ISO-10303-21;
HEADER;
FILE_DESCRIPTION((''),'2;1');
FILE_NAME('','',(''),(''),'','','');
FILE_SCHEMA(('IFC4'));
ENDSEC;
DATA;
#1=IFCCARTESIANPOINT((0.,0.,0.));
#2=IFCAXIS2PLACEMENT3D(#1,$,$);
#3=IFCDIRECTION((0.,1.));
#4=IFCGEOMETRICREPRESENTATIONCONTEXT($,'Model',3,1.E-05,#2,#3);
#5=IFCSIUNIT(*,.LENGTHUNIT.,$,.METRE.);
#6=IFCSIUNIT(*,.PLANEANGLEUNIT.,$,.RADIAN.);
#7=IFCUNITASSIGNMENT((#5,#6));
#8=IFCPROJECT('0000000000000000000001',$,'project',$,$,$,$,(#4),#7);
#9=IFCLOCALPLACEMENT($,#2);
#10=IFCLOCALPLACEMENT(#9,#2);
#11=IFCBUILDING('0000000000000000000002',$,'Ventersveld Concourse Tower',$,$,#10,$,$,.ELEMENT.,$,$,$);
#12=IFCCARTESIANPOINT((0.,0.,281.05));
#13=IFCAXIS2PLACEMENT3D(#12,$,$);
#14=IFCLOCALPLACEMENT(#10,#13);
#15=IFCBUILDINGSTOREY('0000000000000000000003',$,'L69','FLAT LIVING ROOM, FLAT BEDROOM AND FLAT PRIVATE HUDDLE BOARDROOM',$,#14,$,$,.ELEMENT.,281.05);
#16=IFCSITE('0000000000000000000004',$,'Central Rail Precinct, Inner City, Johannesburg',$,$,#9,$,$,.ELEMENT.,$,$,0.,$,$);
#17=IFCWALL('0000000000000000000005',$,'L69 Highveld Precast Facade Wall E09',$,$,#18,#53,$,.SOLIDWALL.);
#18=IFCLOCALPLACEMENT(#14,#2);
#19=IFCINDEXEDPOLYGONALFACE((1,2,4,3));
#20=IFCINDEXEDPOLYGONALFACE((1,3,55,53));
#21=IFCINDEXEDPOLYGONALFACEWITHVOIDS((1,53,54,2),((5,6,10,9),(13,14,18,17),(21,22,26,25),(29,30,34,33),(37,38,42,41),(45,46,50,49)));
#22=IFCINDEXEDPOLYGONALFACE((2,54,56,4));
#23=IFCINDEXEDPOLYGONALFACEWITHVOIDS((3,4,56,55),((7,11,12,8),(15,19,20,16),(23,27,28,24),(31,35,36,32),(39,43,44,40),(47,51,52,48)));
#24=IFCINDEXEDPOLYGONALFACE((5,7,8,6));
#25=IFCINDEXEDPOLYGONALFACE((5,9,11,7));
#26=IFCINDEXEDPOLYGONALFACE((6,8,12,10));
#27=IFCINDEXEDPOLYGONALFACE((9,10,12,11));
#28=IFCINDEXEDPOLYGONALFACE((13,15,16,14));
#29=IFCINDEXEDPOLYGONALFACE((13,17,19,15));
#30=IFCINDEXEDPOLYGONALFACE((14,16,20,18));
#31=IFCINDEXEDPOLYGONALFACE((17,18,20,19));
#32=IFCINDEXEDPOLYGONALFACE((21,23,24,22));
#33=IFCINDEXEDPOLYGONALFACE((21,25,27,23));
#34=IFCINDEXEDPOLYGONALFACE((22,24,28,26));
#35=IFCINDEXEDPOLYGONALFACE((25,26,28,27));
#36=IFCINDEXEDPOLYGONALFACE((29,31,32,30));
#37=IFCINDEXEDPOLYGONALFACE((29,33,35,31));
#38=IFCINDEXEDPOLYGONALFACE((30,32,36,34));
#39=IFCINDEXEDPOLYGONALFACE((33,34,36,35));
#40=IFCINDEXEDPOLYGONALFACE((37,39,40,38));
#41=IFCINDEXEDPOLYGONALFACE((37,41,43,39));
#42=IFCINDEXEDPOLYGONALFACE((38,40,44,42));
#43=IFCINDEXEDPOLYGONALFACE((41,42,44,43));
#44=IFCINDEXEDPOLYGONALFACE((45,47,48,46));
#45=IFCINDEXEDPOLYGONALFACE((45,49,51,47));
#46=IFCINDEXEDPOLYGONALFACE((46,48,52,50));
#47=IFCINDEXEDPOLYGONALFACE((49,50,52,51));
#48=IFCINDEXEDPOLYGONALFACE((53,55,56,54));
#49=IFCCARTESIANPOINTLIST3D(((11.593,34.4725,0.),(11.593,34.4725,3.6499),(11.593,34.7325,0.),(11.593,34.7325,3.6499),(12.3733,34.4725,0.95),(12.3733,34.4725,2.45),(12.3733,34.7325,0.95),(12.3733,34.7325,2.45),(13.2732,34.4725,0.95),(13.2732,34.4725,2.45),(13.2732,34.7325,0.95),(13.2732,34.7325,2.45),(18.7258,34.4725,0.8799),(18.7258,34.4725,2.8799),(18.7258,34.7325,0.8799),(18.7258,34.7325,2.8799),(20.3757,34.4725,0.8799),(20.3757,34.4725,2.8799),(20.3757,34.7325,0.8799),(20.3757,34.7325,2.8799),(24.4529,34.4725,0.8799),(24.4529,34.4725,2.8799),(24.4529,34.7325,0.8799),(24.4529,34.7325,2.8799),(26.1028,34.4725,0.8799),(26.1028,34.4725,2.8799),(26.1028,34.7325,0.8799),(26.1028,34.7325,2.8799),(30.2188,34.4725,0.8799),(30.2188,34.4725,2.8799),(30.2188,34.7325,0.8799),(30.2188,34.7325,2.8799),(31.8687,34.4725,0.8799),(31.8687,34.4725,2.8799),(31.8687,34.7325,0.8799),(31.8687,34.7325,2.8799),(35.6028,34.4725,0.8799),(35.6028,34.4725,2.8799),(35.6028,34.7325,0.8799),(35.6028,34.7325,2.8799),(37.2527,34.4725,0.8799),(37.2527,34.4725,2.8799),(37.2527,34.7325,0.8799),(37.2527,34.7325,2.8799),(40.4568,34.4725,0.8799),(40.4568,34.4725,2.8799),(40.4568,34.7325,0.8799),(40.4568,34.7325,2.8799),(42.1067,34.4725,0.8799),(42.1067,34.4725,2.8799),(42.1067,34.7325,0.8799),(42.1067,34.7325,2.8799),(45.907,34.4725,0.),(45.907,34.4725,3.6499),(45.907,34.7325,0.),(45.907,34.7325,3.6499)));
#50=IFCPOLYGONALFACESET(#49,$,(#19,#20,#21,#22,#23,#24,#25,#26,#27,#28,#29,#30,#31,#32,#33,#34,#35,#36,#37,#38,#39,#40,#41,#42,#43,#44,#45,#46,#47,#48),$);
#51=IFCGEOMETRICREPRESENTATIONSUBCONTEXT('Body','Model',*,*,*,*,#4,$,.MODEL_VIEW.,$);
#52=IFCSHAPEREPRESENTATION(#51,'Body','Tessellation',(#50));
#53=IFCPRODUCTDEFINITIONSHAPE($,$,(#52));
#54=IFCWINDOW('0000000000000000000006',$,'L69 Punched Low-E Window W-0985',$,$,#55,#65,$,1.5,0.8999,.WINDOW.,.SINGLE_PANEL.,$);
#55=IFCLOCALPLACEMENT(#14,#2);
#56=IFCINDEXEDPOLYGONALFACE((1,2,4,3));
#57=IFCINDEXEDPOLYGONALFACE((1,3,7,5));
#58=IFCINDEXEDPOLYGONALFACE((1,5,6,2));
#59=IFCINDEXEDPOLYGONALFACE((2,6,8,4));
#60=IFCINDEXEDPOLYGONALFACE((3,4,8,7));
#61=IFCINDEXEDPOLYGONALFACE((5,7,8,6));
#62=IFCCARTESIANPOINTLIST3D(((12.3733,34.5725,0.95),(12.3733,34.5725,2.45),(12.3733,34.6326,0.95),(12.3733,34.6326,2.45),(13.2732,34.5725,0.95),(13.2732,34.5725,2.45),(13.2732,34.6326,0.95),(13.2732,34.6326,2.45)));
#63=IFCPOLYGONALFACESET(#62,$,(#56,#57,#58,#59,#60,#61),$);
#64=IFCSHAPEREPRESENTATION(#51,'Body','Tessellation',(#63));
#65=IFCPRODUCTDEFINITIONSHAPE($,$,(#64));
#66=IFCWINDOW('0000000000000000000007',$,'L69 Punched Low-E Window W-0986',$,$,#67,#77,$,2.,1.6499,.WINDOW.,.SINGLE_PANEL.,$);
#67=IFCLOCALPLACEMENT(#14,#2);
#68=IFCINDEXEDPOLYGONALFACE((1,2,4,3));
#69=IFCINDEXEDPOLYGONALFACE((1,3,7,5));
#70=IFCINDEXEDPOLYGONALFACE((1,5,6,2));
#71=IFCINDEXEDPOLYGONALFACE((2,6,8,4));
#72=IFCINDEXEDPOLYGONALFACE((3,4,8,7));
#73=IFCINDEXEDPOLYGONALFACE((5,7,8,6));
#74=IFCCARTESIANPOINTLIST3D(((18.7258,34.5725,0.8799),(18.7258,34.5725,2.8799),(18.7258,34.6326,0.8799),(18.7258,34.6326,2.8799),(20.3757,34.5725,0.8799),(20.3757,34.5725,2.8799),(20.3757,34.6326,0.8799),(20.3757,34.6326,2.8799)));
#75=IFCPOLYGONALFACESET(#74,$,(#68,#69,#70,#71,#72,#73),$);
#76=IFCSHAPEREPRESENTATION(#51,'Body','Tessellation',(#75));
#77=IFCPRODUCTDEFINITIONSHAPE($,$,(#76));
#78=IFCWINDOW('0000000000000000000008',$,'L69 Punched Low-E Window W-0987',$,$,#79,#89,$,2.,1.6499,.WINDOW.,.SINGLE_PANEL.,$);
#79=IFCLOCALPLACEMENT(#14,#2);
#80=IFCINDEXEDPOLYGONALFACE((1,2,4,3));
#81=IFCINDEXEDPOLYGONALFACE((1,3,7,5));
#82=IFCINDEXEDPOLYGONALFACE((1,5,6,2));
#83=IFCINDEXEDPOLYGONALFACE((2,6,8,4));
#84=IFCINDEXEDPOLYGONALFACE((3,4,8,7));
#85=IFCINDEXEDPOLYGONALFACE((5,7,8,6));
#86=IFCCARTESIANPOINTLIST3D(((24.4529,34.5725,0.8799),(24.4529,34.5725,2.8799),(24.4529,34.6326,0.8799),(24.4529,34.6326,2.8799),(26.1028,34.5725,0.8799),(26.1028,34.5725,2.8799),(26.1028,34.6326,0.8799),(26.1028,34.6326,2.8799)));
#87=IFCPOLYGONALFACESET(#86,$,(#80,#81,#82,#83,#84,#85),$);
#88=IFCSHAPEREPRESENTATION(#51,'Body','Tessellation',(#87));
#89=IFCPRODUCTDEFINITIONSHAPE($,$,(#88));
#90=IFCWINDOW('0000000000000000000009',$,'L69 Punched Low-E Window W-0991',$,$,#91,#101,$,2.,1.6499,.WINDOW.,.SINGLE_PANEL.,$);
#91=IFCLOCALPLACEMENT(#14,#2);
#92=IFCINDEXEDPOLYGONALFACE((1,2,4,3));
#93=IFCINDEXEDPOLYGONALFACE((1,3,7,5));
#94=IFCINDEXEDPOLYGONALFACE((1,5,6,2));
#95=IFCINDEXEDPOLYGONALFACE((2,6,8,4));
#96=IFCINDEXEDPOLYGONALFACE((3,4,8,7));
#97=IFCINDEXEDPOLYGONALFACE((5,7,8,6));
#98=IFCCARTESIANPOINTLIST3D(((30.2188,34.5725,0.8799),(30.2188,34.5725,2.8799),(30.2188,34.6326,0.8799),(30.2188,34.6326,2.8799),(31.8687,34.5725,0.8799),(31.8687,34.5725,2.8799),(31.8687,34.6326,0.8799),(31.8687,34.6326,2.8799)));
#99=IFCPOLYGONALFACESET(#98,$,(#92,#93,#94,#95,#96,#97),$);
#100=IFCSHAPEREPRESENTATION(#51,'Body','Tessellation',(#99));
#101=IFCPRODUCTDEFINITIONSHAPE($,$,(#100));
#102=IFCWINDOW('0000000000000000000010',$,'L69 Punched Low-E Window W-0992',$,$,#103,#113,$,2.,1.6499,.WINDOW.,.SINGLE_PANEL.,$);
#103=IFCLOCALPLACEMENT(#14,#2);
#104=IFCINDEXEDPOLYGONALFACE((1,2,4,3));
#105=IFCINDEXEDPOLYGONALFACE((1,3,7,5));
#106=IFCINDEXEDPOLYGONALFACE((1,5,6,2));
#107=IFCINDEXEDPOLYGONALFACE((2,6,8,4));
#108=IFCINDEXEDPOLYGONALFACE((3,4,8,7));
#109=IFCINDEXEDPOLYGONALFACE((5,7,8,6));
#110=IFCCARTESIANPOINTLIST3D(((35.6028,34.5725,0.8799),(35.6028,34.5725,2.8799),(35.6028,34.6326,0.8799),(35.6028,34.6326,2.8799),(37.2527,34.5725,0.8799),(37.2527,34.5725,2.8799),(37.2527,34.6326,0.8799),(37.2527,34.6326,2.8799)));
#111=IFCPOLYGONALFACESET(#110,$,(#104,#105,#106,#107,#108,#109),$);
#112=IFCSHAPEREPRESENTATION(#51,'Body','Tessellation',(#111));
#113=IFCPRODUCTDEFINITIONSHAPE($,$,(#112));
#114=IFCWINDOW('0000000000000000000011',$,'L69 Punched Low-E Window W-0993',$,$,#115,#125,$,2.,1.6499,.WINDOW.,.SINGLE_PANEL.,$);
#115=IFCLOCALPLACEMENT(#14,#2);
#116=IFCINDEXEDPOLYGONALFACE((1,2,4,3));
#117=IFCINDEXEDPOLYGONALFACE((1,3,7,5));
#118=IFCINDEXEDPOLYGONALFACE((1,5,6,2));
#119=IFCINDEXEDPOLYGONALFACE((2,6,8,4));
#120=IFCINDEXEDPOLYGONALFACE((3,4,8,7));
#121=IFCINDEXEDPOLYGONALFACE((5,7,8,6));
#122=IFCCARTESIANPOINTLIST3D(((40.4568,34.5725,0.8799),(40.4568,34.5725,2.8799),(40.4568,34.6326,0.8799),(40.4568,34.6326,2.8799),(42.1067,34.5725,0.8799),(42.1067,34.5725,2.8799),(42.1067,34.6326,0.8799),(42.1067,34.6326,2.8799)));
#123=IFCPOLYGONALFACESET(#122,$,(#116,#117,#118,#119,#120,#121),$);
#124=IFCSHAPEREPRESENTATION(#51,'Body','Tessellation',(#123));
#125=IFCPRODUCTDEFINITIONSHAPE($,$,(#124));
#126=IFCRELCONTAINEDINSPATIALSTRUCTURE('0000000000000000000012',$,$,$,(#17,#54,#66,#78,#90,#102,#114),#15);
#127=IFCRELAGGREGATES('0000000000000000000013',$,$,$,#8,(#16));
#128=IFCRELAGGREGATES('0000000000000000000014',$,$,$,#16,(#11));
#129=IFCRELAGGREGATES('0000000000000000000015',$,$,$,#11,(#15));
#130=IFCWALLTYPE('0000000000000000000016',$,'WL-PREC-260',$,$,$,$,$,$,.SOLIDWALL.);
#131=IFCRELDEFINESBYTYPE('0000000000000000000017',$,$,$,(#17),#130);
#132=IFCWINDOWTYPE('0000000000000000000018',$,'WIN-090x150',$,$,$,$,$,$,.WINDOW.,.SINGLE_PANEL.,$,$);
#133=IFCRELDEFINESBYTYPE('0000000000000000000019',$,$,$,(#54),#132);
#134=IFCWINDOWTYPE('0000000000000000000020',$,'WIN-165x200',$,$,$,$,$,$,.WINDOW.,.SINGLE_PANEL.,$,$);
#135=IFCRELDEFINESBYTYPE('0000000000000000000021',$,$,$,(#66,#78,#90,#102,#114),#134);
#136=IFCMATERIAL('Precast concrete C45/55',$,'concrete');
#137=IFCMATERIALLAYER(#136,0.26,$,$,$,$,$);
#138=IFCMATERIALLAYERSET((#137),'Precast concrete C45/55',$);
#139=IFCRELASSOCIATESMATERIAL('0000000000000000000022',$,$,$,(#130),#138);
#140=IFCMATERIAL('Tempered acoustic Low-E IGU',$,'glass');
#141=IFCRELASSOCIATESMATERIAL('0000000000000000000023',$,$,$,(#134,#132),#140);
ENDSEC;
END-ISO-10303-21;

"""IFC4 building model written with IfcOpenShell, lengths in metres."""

from ifc_helpers import new_model, si_unit, direction, frame, frame_2d, origin, place, context, subcontext, project, spatial, rectangle, extrude, material, layer, layer_set, type_object, element, fill, save


model = new_model("IFC4")

# Units and contexts
model_context = context("Model", 3, precision=1e-05, world=origin(), true_north=direction((0.0, 1.0)))
body_context = subcontext(model_context, "Body", "Model", "MODEL_VIEW")
ifc_project = project(units=[si_unit("LENGTHUNIT", "METRE"), si_unit("PLANEANGLEUNIT", "RADIAN")], contexts=[model_context])

# Site, building, storey
site_placement = place(None, origin())
site = spatial("IfcSite", under=ifc_project, at=site_placement, Name="Central Rail Precinct, Inner City, Johannesburg", CompositionType="ELEMENT", RefElevation=0.0)
building_placement = place(site_placement, origin())
building = spatial("IfcBuilding", under=site, at=building_placement, Name="Ventersveld Concourse Tower", CompositionType="ELEMENT")
storey_placement = place(building_placement, frame((0.0, 0.0, 281.05)))
storey = spatial("IfcBuildingStorey", under=building, at=storey_placement, Name="L69", Description="FLAT LIVING ROOM, FLAT BEDROOM AND FLAT PRIVATE HUDDLE BOARDROOM", CompositionType="ELEMENT", Elevation=281.05)

# Shared definitions
ifc_material_1 = material(Name="Precast concrete C45/55", Category="concrete")
ifc_layer_1 = layer(ifc_material_1, 0.26)
ifc_layer_set_1 = layer_set([ifc_layer_1], Name="Precast concrete C45/55")
wall_type_1 = type_object("IfcWallType", Name="WL-PREC-260", PredefinedType="SOLIDWALL", material=ifc_layer_set_1)
ifc_material_2 = material(Name="Tempered acoustic Low-E IGU", Category="glass")
window_type_1 = type_object("IfcWindowType", Name="WIN-165x200", PartitioningType="SINGLE_PANEL", PredefinedType="WINDOW", material=ifc_material_2)

# Shared definitions
window_type_2 = type_object("IfcWindowType", Name="WIN-090x150", PartitioningType="SINGLE_PANEL", PredefinedType="WINDOW", material=ifc_material_2)

# Wall, openings, windows
wall_1_placement = place(storey_placement, frame((45.907, 34.6025, 0.0), z_axis=(0.0, 0.0, 1.0), x_axis=(-1.0, 0.0, 0.0)))
wall_1 = element("IfcWall", 1, at=wall_1_placement, inside=storey, type_object=wall_type_1, Name="L69 Highveld Precast Facade Wall E09", PredefinedType="SOLIDWALL", context=body_context, shape_type="SweptSolid", body=[
    extrude(rectangle(XDim=34.314, YDim=0.26, at=frame_2d((17.157, 0.0))), origin(), (0.0, 0.0, 1.0), 3.6499),
])
opening_1_placement = place(wall_1_placement, frame((32.6338, 0.0, 0.95)))
opening_1 = element("IfcOpeningElement", 2, at=opening_1_placement, cuts=wall_1, PredefinedType="OPENING", context=body_context, shape_type="SweptSolid", body=[
    extrude(rectangle(XDim=0.8999, YDim=1.5, at=frame_2d((0.45, 0.75))), frame((0.0, 0.1401, 0.0), z_axis=(0.0, -1.0, 0.0), x_axis=(1.0, 0.0, 0.0)), (0.0, 0.0, 1.0), 0.28),
])
opening_2_placement = place(wall_1_placement, frame((25.5312, 0.0, 0.8799)))
opening_2 = element("IfcOpeningElement", 3, at=opening_2_placement, cuts=wall_1, PredefinedType="OPENING", context=body_context, shape_type="SweptSolid", body=[
    extrude(rectangle(XDim=1.6499, YDim=2.0, at=frame_2d((0.825, 1.0))), frame((0.0, 0.1401, 0.0), z_axis=(0.0, -1.0, 0.0), x_axis=(1.0, 0.0, 0.0)), (0.0, 0.0, 1.0), 0.28),
])
opening_3_placement = place(wall_1_placement, frame((19.8042, 0.0, 0.8799)))
opening_3 = element("IfcOpeningElement", 4, at=opening_3_placement, cuts=wall_1, PredefinedType="OPENING", context=body_context, shape_type="SweptSolid", body=[
    extrude(rectangle(XDim=1.6499, YDim=2.0, at=frame_2d((0.825, 1.0))), frame((0.0, 0.1401, 0.0), z_axis=(0.0, -1.0, 0.0), x_axis=(1.0, 0.0, 0.0)), (0.0, 0.0, 1.0), 0.28),
])
opening_4_placement = place(wall_1_placement, frame((14.0383, 0.0, 0.8799)))
opening_4 = element("IfcOpeningElement", 5, at=opening_4_placement, cuts=wall_1, PredefinedType="OPENING", context=body_context, shape_type="SweptSolid", body=[
    extrude(rectangle(XDim=1.6499, YDim=2.0, at=frame_2d((0.825, 1.0))), frame((0.0, 0.1401, 0.0), z_axis=(0.0, -1.0, 0.0), x_axis=(1.0, 0.0, 0.0)), (0.0, 0.0, 1.0), 0.28),
])
opening_5_placement = place(wall_1_placement, frame((8.6543, 0.0, 0.8799)))
opening_5 = element("IfcOpeningElement", 6, at=opening_5_placement, cuts=wall_1, PredefinedType="OPENING", context=body_context, shape_type="SweptSolid", body=[
    extrude(rectangle(XDim=1.6499, YDim=2.0, at=frame_2d((0.825, 1.0))), frame((0.0, 0.1401, 0.0), z_axis=(0.0, -1.0, 0.0), x_axis=(1.0, 0.0, 0.0)), (0.0, 0.0, 1.0), 0.28),
])
opening_6_placement = place(wall_1_placement, frame((3.8003, 0.0, 0.8799)))
opening_6 = element("IfcOpeningElement", 7, at=opening_6_placement, cuts=wall_1, PredefinedType="OPENING", context=body_context, shape_type="SweptSolid", body=[
    extrude(rectangle(XDim=1.6499, YDim=2.0, at=frame_2d((0.825, 1.0))), frame((0.0, 0.1401, 0.0), z_axis=(0.0, -1.0, 0.0), x_axis=(1.0, 0.0, 0.0)), (0.0, 0.0, 1.0), 0.28),
])
window_1_placement = place(opening_1_placement, origin())
window_1 = element("IfcWindow", 8, at=window_1_placement, inside=storey, type_object=window_type_2, Name="L69 Punched Low-E Window W-0985", OverallHeight=1.5, OverallWidth=0.8999, PartitioningType="SINGLE_PANEL", PredefinedType="WINDOW", context=body_context, shape_type="SweptSolid", body=[
    extrude(rectangle(XDim=0.8999, YDim=1.5, at=frame_2d((0.45, 0.75))), frame((0.0, 0.03, 0.0), z_axis=(0.0, -1.0, 0.0), x_axis=(1.0, 0.0, 0.0)), (0.0, 0.0, 1.0), 0.0601),
])
fill(opening_1, window_1)
window_2_placement = place(opening_2_placement, origin())
window_2 = element("IfcWindow", 9, at=window_2_placement, inside=storey, type_object=window_type_1, Name="L69 Punched Low-E Window W-0986", OverallHeight=2.0, OverallWidth=1.6499, PartitioningType="SINGLE_PANEL", PredefinedType="WINDOW", context=body_context, shape_type="SweptSolid", body=[
    extrude(rectangle(XDim=1.6499, YDim=2.0, at=frame_2d((0.825, 1.0))), frame((0.0, 0.03, 0.0), z_axis=(0.0, -1.0, 0.0), x_axis=(1.0, 0.0, 0.0)), (0.0, 0.0, 1.0), 0.0601),
])
fill(opening_2, window_2)
window_3_placement = place(opening_3_placement, origin())
window_3 = element("IfcWindow", 10, at=window_3_placement, inside=storey, type_object=window_type_1, Name="L69 Punched Low-E Window W-0987", OverallHeight=2.0, OverallWidth=1.6499, PartitioningType="SINGLE_PANEL", PredefinedType="WINDOW", context=body_context, shape_type="SweptSolid", body=[
    extrude(rectangle(XDim=1.6499, YDim=2.0, at=frame_2d((0.825, 1.0))), frame((0.0, 0.03, 0.0), z_axis=(0.0, -1.0, 0.0), x_axis=(1.0, 0.0, 0.0)), (0.0, 0.0, 1.0), 0.0601),
])
fill(opening_3, window_3)
window_4_placement = place(opening_4_placement, origin())
window_4 = element("IfcWindow", 11, at=window_4_placement, inside=storey, type_object=window_type_1, Name="L69 Punched Low-E Window W-0991", OverallHeight=2.0, OverallWidth=1.6499, PartitioningType="SINGLE_PANEL", PredefinedType="WINDOW", context=body_context, shape_type="SweptSolid", body=[
    extrude(rectangle(XDim=1.6499, YDim=2.0, at=frame_2d((0.825, 1.0))), frame((0.0, 0.03, 0.0), z_axis=(0.0, -1.0, 0.0), x_axis=(1.0, 0.0, 0.0)), (0.0, 0.0, 1.0), 0.0601),
])
fill(opening_4, window_4)
window_5_placement = place(opening_5_placement, origin())
window_5 = element("IfcWindow", 12, at=window_5_placement, inside=storey, type_object=window_type_1, Name="L69 Punched Low-E Window W-0992", OverallHeight=2.0, OverallWidth=1.6499, PartitioningType="SINGLE_PANEL", PredefinedType="WINDOW", context=body_context, shape_type="SweptSolid", body=[
    extrude(rectangle(XDim=1.6499, YDim=2.0, at=frame_2d((0.825, 1.0))), frame((0.0, 0.03, 0.0), z_axis=(0.0, -1.0, 0.0), x_axis=(1.0, 0.0, 0.0)), (0.0, 0.0, 1.0), 0.0601),
])
fill(opening_5, window_5)
window_6_placement = place(opening_6_placement, origin())
window_6 = element("IfcWindow", 13, at=window_6_placement, inside=storey, type_object=window_type_1, Name="L69 Punched Low-E Window W-0993", OverallHeight=2.0, OverallWidth=1.6499, PartitioningType="SINGLE_PANEL", PredefinedType="WINDOW", context=body_context, shape_type="SweptSolid", body=[
    extrude(rectangle(XDim=1.6499, YDim=2.0, at=frame_2d((0.825, 1.0))), frame((0.0, 0.03, 0.0), z_axis=(0.0, -1.0, 0.0), x_axis=(1.0, 0.0, 0.0)), (0.0, 0.0, 1.0), 0.0601),
])
fill(opening_6, window_6)

save(model, "model.ifc")
